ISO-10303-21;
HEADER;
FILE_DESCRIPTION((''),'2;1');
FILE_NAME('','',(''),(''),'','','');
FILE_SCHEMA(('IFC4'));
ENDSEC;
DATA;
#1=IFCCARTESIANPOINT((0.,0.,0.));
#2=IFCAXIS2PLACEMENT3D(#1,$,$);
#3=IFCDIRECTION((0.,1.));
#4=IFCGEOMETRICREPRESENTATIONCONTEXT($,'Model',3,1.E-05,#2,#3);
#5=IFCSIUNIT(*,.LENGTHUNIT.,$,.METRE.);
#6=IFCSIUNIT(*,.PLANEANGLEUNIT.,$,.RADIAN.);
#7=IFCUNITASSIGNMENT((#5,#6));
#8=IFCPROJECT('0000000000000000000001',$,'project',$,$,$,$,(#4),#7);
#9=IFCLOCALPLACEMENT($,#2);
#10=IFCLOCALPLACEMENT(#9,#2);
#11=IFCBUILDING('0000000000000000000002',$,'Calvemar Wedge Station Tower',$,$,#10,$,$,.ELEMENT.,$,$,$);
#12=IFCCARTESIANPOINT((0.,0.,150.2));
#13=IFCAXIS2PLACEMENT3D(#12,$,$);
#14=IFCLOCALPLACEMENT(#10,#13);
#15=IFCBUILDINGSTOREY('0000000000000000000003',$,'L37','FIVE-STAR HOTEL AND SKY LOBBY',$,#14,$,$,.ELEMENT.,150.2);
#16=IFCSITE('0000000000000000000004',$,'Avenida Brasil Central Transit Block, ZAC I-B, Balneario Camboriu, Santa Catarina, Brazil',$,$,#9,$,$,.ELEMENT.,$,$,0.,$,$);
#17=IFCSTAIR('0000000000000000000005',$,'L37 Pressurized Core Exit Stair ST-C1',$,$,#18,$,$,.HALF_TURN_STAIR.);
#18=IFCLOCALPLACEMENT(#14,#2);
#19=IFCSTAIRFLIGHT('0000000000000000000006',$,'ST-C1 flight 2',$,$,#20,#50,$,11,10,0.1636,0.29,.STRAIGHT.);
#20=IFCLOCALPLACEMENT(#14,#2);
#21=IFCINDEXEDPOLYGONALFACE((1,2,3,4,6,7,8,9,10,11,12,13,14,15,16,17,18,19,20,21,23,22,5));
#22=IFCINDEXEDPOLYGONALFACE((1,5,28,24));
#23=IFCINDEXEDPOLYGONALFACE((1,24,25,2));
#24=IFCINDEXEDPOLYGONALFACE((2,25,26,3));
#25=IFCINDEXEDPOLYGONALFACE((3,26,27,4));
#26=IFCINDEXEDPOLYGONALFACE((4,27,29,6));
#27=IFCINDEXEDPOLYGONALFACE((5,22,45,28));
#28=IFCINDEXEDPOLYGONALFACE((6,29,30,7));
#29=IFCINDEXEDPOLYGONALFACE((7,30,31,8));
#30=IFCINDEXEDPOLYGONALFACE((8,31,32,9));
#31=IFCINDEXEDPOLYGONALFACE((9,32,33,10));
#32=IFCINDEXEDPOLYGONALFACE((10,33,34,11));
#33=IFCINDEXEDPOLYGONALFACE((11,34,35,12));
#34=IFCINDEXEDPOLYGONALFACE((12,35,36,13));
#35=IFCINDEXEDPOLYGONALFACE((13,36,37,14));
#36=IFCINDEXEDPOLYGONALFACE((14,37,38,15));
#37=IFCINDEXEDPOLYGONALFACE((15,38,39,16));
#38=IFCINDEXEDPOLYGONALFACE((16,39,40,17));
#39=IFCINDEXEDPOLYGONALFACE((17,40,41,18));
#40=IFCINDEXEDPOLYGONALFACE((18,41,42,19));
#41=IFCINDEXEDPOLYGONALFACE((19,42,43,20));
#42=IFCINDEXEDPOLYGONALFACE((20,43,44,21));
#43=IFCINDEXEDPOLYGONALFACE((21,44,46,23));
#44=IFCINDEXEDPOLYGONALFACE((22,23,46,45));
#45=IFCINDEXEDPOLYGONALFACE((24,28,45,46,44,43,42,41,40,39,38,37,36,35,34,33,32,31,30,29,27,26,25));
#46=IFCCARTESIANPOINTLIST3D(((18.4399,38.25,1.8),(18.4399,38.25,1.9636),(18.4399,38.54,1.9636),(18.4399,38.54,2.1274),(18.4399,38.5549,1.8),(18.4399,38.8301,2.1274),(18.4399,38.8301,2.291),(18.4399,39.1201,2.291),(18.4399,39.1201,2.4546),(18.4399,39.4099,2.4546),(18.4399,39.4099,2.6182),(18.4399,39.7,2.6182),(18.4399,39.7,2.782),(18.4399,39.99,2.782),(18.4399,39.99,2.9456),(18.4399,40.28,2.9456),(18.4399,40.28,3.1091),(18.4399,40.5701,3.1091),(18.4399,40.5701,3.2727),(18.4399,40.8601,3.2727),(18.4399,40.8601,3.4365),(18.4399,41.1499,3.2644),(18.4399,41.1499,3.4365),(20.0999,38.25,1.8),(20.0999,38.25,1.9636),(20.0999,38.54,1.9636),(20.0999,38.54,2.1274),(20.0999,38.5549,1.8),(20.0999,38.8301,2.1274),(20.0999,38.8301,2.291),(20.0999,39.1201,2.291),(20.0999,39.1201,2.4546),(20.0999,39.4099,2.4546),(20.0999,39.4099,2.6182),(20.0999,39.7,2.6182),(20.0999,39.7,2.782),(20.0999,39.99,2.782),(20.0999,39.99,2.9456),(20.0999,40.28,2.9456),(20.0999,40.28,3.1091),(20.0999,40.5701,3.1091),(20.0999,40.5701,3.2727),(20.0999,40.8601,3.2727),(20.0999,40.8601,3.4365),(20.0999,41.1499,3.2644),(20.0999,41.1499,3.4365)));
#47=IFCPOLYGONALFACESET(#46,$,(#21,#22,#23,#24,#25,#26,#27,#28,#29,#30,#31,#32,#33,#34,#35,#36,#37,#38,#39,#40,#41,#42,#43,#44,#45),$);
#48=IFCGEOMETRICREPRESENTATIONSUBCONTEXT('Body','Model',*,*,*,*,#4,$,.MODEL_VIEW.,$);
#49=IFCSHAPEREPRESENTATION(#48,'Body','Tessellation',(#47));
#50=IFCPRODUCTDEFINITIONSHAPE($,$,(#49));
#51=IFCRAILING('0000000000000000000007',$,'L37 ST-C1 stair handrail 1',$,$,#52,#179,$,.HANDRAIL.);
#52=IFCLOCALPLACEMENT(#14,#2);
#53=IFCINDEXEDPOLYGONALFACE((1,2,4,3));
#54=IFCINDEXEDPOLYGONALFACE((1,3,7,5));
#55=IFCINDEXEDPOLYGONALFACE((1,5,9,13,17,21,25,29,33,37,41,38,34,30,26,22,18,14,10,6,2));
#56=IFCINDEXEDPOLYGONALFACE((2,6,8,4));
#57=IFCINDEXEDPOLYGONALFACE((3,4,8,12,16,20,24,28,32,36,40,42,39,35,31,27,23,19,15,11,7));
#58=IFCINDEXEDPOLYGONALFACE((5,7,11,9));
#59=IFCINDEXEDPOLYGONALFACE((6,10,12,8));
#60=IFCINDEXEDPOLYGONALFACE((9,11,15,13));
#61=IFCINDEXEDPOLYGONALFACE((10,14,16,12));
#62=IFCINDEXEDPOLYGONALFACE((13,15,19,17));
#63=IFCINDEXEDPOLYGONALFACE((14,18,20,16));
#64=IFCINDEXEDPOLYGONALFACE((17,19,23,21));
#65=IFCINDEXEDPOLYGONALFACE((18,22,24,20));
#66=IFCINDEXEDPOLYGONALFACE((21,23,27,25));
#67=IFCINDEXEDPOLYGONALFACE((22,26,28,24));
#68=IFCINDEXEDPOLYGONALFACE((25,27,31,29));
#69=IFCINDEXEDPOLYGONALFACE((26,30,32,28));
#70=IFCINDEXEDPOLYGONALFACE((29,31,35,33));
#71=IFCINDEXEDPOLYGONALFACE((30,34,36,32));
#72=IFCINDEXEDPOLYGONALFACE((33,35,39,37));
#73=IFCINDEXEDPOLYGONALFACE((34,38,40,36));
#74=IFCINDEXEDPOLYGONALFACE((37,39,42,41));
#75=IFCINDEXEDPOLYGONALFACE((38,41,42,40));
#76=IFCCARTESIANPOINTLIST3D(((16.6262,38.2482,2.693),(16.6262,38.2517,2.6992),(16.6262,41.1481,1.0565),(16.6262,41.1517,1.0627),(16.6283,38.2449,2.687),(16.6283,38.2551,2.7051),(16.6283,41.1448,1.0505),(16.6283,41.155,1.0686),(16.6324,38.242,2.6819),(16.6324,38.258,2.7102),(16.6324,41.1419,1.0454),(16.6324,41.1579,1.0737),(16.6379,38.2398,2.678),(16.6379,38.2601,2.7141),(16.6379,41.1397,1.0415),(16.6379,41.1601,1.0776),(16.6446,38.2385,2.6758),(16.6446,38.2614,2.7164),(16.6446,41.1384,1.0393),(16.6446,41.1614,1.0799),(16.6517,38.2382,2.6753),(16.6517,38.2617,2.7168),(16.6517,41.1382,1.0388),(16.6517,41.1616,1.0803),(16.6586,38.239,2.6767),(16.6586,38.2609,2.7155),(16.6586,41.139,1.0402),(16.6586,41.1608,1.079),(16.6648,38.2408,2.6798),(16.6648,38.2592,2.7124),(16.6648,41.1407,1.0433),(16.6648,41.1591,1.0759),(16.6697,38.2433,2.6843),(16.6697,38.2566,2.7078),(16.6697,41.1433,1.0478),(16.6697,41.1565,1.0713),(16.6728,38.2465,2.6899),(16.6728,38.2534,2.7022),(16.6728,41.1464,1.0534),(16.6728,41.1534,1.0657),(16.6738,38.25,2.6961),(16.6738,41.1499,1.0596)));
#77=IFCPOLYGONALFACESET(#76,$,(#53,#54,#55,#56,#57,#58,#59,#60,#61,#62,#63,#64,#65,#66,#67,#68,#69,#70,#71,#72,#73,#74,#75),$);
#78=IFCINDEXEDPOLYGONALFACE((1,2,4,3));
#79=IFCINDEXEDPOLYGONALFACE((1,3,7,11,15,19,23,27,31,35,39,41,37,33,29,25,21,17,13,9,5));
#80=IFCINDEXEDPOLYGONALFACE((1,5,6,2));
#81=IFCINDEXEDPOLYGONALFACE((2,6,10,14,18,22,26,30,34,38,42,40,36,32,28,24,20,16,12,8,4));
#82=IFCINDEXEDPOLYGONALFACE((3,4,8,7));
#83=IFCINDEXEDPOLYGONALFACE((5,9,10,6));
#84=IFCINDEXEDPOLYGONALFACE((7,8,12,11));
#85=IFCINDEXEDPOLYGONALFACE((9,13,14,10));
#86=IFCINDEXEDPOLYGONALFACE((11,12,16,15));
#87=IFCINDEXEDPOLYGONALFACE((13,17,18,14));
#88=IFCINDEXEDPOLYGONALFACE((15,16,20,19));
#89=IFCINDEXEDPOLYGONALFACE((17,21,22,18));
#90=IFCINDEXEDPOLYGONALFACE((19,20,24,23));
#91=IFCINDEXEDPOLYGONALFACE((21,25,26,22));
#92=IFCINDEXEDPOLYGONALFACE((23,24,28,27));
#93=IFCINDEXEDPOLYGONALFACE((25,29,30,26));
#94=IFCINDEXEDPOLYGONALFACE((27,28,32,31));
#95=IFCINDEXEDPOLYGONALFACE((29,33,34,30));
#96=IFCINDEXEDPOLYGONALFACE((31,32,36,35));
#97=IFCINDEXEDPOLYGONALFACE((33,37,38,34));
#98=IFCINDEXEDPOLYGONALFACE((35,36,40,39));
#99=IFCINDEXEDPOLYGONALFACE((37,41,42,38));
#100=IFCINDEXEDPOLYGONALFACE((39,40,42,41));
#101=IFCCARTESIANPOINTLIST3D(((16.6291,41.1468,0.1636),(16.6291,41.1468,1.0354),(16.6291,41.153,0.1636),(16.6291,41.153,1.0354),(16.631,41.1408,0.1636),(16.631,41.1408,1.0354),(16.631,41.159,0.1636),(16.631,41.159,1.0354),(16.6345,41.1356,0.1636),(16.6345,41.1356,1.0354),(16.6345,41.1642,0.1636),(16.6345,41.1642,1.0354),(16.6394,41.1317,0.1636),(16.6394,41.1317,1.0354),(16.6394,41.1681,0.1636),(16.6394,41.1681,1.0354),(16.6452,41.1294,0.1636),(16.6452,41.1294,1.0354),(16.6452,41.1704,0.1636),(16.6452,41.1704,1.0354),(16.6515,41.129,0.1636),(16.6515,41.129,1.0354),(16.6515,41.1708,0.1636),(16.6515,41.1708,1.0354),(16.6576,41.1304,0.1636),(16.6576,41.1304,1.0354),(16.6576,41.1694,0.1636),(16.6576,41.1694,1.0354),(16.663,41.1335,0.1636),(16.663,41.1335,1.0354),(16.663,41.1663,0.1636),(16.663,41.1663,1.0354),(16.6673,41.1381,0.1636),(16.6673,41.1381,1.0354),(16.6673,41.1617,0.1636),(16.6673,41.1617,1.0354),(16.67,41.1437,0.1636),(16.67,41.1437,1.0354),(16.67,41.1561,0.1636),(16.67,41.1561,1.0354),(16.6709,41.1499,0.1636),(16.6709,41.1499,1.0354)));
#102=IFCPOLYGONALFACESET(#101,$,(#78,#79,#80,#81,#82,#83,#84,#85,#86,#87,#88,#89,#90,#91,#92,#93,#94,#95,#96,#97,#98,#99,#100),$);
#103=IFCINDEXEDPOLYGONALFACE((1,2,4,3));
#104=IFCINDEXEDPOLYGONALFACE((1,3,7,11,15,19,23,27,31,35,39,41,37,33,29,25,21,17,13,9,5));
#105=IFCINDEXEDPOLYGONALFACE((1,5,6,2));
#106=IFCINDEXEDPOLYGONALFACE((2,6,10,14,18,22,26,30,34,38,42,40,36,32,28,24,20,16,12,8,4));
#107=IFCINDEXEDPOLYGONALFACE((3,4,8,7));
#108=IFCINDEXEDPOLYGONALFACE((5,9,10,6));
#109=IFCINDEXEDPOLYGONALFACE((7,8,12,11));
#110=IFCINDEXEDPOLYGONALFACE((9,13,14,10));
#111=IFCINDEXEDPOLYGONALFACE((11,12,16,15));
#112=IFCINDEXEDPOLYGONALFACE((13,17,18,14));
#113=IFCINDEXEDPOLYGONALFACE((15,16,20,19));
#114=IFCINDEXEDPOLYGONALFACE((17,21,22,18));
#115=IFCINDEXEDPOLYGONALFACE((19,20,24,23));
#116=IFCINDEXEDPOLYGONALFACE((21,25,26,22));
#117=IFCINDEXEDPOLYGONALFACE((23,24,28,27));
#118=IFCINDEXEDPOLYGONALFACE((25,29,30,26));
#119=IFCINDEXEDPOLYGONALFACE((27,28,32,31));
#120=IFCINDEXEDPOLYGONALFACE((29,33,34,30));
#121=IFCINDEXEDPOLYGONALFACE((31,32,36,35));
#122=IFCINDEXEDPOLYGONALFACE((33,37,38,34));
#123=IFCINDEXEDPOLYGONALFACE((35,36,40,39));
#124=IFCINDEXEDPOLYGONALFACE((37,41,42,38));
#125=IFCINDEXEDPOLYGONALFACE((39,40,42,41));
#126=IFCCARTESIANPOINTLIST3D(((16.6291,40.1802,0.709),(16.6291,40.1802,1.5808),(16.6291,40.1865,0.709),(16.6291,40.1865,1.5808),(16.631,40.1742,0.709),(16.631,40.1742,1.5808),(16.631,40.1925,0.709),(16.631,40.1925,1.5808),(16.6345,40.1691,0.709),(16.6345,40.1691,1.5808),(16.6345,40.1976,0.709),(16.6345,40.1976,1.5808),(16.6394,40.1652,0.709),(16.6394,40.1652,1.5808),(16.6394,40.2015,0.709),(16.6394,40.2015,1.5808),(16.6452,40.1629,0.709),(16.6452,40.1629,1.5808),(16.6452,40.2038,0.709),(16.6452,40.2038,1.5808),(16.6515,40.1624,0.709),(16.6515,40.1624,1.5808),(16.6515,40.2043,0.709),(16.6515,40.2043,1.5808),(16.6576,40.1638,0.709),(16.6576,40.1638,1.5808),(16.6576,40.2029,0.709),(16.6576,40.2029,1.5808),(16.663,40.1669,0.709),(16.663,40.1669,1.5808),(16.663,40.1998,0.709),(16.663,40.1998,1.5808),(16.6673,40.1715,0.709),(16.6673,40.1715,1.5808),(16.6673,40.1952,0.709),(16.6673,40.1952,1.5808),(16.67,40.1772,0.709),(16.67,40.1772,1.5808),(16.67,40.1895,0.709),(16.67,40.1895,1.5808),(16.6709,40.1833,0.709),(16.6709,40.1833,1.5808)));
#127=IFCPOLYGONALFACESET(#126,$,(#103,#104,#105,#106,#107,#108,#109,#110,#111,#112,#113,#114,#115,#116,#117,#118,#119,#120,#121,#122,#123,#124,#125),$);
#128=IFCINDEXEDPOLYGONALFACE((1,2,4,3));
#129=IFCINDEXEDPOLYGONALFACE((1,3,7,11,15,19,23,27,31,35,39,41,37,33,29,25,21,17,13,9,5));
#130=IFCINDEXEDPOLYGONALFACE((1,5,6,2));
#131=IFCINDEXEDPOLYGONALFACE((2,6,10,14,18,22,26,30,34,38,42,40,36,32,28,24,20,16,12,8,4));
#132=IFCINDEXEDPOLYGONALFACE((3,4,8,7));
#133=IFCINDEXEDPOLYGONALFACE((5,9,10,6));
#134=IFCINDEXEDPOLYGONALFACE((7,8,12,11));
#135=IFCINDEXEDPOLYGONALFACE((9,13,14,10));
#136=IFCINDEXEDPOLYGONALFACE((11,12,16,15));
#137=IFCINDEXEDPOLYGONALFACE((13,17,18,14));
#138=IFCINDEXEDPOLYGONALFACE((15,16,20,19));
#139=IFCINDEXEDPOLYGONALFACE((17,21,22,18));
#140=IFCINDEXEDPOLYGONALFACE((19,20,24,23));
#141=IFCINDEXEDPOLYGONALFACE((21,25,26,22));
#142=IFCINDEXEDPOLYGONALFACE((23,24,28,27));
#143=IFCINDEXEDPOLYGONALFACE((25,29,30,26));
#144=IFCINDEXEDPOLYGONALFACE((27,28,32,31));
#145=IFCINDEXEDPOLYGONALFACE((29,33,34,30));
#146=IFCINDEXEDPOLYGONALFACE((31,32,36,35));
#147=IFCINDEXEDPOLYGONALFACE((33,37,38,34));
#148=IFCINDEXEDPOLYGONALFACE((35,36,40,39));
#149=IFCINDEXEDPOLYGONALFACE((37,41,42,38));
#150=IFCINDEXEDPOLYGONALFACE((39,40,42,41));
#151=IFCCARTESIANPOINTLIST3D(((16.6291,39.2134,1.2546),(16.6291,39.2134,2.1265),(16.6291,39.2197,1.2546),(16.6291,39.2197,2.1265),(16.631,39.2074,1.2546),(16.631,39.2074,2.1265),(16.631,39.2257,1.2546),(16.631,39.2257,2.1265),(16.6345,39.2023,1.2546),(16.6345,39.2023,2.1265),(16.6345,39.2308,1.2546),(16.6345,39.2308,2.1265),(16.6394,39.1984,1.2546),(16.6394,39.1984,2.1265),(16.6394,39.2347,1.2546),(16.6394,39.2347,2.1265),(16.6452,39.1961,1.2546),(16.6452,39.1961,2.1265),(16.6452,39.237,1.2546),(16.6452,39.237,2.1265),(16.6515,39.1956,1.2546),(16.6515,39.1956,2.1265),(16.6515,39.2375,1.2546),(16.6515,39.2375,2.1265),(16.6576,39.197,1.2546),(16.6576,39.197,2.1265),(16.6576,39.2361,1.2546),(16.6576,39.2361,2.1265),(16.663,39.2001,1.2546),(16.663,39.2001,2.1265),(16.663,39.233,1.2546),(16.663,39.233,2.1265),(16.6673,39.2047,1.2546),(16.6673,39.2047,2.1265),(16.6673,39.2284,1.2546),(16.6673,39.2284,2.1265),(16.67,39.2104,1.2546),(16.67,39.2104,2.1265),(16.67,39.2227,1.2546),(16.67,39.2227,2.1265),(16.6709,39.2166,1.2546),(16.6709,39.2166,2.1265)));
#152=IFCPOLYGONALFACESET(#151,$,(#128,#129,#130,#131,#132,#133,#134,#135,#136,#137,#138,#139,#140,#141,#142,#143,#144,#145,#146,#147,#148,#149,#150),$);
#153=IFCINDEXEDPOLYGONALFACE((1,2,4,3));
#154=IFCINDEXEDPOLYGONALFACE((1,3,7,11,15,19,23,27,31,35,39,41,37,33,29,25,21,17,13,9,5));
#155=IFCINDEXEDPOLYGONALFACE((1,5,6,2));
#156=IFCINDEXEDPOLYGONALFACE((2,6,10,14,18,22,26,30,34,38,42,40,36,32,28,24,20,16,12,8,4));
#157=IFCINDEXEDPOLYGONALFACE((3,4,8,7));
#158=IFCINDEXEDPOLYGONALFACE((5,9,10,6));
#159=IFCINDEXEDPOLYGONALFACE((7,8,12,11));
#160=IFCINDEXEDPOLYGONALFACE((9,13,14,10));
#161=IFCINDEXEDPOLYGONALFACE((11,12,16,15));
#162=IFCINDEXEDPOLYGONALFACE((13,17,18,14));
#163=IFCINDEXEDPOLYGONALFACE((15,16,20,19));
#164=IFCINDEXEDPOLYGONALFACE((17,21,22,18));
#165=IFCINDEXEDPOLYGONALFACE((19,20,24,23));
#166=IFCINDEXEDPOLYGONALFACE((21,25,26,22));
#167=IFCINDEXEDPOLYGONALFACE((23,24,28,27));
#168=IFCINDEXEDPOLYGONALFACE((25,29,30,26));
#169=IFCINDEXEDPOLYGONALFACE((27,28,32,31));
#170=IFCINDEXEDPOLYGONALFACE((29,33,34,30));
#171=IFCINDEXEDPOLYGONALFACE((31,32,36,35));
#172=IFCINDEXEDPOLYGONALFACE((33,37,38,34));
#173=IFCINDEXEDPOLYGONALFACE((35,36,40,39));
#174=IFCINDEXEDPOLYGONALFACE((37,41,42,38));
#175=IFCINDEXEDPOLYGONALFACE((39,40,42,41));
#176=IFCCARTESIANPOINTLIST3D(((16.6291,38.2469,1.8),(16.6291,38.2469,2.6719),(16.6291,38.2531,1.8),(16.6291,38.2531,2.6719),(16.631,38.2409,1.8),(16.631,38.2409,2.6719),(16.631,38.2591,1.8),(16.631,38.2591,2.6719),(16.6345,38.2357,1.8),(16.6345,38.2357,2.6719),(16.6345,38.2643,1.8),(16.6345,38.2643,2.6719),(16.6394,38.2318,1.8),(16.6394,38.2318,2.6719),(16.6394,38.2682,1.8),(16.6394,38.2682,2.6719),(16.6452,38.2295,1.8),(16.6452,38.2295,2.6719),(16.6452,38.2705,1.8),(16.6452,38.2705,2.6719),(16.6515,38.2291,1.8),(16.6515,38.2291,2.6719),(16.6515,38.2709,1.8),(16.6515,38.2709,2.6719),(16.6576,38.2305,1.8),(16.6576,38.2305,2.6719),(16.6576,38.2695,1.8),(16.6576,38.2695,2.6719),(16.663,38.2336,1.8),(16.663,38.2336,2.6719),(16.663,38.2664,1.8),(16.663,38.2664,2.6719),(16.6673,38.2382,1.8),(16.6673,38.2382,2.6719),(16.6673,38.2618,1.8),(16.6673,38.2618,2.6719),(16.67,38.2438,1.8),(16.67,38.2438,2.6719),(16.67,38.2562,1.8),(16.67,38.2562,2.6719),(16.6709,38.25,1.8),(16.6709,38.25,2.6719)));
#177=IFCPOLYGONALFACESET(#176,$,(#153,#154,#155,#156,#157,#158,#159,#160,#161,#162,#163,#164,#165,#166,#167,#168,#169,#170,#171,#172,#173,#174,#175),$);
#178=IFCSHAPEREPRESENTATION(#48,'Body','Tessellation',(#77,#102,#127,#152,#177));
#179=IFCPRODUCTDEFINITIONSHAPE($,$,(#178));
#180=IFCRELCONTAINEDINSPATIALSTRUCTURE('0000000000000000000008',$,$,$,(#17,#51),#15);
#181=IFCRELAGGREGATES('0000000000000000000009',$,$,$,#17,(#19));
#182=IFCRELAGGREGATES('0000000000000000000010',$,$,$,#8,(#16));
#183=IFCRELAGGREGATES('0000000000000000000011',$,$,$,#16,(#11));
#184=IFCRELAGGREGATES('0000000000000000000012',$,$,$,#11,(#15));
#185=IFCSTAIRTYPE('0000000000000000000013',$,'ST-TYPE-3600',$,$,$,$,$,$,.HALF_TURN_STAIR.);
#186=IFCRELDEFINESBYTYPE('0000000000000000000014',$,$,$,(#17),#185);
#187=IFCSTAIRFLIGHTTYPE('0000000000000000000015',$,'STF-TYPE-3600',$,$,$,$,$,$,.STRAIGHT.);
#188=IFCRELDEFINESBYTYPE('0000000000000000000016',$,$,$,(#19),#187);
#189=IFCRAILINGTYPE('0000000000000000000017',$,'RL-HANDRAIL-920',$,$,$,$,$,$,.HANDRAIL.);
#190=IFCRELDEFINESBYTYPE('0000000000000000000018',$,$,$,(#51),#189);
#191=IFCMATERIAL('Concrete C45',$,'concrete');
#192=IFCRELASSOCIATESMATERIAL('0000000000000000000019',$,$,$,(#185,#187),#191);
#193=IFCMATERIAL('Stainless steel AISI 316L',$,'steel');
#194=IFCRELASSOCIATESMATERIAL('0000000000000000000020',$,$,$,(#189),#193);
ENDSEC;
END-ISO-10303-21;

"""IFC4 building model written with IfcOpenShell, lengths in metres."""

from ifc_helpers import new_model, si_unit, direction, frame, origin, origin_2d, place, context, subcontext, project, spatial, polyline, circle, outline, extrude, material, type_object, element, aggregate, save


model = new_model("IFC4")

# Units and contexts
model_context = context("Model", 3, precision=1e-05, world=origin(), true_north=direction((0.0, 1.0)))
body_context = subcontext(model_context, "Body", "Model", "MODEL_VIEW")
ifc_project = project(units=[si_unit("LENGTHUNIT", "METRE"), si_unit("PLANEANGLEUNIT", "RADIAN")], contexts=[model_context])

# Site, building, storey
site_placement = place(None, origin())
site = spatial("IfcSite", under=ifc_project, at=site_placement, Name="Avenida Brasil Central Transit Block, ZAC I-B, Balneario Camboriu, Santa Catarina, Brazil", CompositionType="ELEMENT", RefElevation=0.0)
building_placement = place(site_placement, origin())
building = spatial("IfcBuilding", under=site, at=building_placement, Name="Calvemar Wedge Station Tower", CompositionType="ELEMENT")
storey_placement = place(building_placement, frame((0.0, 0.0, 150.2)))
storey = spatial("IfcBuildingStorey", under=building, at=storey_placement, Name="L37", Description="FIVE-STAR HOTEL AND SKY LOBBY", CompositionType="ELEMENT", Elevation=150.2)

# Stair, stair flight
ifc_material_1 = material(Name="Concrete C45", Category="concrete")
stair_type = type_object("IfcStairType", Name="ST-TYPE-3600", PredefinedType="HALF_TURN_STAIR", material=ifc_material_1)
stair_placement = place(storey_placement, origin())
stair = element("IfcStair", 1, at=stair_placement, inside=storey, type_object=stair_type, Name="L37 Pressurized Core Exit Stair ST-C1", PredefinedType="HALF_TURN_STAIR")
stair_flight_type = type_object("IfcStairFlightType", Name="STF-TYPE-3600", PredefinedType="STRAIGHT", material=ifc_material_1)
stair_flight_placement = place(storey_placement, frame((19.27, 38.25, 1.8), z_axis=(0.0, 0.0, 1.0), x_axis=(0.0, 1.0, 0.0)))
stair_flight = element("IfcStairFlight", 2, at=stair_flight_placement, type_object=stair_flight_type, Name="ST-C1 flight 2", NumberOfRisers=11, NumberOfTreads=10, PredefinedType="STRAIGHT", RiserHeight=0.1636, TreadLength=0.29, context=body_context, shape_type="SweptSolid", body=[
    extrude(outline(polyline([(0.0, 0.0), (0.0, 0.1636), (0.29, 0.1636), (0.29, 0.3274), (0.5801, 0.3274), (0.5801, 0.491), (0.8701, 0.491), (0.8701, 0.6545), (1.1599, 0.6545), (1.1599, 0.8181), (1.45, 0.8181), (1.45, 0.9819), (1.74, 0.9819), (1.74, 1.1455), (2.03, 1.1455), (2.03, 1.3091), (2.3201, 1.3091), (2.3201, 1.4727), (2.6101, 1.4727), (2.6101, 1.6365), (2.8999, 1.6365), (2.8999, 1.8), (2.8999, 1.4644), (0.3049, 0.0), (0.0, 0.0)])), frame((0.0, 0.8301, 0.0), z_axis=(0.0, -1.0, 0.0), x_axis=(1.0, 0.0, 0.0)), (0.0, 0.0, 1.0), 1.6599),
])
aggregate(stair, [stair_flight])

# Railing
ifc_material_2 = material(Name="Stainless steel AISI 316L", Category="steel")
railing_type_1 = type_object("IfcRailingType", Name="RL-HANDRAIL-920", PredefinedType="HANDRAIL", material=ifc_material_2)
railing_1_placement = place(storey_placement, frame((16.6499, 41.1499, 0.1636)))
element("IfcRailing", 3, at=railing_1_placement, inside=storey, type_object=railing_type_1, Name="L37 ST-C1 stair handrail 1", PredefinedType="HANDRAIL", context=body_context, shape_type="SweptSolid", body=[
    extrude(circle(Radius=0.0239, at=origin_2d()), frame((0.0, 0.0, 0.896), z_axis=(0.0, -0.870897, 0.491465), x_axis=(1.0, 0.0, 0.0)), (0.0, 0.0, 1.0), 3.3298),
    extrude(circle(Radius=0.021, at=origin_2d()), origin(), (0.0, 0.0, 1.0), 0.8718),
    extrude(circle(Radius=0.021, at=origin_2d()), frame((0.0, -0.9666, 0.5454)), (0.0, 0.0, 1.0), 0.8718),
    extrude(circle(Radius=0.021, at=origin_2d()), frame((0.0, -1.9333, 1.0911)), (0.0, 0.0, 1.0), 0.8718),
    extrude(circle(Radius=0.021, at=origin_2d()), frame((0.0, -2.8999, 1.6365)), (0.0, 0.0, 1.0), 0.8718),
])

save(model, "model.ifc")
